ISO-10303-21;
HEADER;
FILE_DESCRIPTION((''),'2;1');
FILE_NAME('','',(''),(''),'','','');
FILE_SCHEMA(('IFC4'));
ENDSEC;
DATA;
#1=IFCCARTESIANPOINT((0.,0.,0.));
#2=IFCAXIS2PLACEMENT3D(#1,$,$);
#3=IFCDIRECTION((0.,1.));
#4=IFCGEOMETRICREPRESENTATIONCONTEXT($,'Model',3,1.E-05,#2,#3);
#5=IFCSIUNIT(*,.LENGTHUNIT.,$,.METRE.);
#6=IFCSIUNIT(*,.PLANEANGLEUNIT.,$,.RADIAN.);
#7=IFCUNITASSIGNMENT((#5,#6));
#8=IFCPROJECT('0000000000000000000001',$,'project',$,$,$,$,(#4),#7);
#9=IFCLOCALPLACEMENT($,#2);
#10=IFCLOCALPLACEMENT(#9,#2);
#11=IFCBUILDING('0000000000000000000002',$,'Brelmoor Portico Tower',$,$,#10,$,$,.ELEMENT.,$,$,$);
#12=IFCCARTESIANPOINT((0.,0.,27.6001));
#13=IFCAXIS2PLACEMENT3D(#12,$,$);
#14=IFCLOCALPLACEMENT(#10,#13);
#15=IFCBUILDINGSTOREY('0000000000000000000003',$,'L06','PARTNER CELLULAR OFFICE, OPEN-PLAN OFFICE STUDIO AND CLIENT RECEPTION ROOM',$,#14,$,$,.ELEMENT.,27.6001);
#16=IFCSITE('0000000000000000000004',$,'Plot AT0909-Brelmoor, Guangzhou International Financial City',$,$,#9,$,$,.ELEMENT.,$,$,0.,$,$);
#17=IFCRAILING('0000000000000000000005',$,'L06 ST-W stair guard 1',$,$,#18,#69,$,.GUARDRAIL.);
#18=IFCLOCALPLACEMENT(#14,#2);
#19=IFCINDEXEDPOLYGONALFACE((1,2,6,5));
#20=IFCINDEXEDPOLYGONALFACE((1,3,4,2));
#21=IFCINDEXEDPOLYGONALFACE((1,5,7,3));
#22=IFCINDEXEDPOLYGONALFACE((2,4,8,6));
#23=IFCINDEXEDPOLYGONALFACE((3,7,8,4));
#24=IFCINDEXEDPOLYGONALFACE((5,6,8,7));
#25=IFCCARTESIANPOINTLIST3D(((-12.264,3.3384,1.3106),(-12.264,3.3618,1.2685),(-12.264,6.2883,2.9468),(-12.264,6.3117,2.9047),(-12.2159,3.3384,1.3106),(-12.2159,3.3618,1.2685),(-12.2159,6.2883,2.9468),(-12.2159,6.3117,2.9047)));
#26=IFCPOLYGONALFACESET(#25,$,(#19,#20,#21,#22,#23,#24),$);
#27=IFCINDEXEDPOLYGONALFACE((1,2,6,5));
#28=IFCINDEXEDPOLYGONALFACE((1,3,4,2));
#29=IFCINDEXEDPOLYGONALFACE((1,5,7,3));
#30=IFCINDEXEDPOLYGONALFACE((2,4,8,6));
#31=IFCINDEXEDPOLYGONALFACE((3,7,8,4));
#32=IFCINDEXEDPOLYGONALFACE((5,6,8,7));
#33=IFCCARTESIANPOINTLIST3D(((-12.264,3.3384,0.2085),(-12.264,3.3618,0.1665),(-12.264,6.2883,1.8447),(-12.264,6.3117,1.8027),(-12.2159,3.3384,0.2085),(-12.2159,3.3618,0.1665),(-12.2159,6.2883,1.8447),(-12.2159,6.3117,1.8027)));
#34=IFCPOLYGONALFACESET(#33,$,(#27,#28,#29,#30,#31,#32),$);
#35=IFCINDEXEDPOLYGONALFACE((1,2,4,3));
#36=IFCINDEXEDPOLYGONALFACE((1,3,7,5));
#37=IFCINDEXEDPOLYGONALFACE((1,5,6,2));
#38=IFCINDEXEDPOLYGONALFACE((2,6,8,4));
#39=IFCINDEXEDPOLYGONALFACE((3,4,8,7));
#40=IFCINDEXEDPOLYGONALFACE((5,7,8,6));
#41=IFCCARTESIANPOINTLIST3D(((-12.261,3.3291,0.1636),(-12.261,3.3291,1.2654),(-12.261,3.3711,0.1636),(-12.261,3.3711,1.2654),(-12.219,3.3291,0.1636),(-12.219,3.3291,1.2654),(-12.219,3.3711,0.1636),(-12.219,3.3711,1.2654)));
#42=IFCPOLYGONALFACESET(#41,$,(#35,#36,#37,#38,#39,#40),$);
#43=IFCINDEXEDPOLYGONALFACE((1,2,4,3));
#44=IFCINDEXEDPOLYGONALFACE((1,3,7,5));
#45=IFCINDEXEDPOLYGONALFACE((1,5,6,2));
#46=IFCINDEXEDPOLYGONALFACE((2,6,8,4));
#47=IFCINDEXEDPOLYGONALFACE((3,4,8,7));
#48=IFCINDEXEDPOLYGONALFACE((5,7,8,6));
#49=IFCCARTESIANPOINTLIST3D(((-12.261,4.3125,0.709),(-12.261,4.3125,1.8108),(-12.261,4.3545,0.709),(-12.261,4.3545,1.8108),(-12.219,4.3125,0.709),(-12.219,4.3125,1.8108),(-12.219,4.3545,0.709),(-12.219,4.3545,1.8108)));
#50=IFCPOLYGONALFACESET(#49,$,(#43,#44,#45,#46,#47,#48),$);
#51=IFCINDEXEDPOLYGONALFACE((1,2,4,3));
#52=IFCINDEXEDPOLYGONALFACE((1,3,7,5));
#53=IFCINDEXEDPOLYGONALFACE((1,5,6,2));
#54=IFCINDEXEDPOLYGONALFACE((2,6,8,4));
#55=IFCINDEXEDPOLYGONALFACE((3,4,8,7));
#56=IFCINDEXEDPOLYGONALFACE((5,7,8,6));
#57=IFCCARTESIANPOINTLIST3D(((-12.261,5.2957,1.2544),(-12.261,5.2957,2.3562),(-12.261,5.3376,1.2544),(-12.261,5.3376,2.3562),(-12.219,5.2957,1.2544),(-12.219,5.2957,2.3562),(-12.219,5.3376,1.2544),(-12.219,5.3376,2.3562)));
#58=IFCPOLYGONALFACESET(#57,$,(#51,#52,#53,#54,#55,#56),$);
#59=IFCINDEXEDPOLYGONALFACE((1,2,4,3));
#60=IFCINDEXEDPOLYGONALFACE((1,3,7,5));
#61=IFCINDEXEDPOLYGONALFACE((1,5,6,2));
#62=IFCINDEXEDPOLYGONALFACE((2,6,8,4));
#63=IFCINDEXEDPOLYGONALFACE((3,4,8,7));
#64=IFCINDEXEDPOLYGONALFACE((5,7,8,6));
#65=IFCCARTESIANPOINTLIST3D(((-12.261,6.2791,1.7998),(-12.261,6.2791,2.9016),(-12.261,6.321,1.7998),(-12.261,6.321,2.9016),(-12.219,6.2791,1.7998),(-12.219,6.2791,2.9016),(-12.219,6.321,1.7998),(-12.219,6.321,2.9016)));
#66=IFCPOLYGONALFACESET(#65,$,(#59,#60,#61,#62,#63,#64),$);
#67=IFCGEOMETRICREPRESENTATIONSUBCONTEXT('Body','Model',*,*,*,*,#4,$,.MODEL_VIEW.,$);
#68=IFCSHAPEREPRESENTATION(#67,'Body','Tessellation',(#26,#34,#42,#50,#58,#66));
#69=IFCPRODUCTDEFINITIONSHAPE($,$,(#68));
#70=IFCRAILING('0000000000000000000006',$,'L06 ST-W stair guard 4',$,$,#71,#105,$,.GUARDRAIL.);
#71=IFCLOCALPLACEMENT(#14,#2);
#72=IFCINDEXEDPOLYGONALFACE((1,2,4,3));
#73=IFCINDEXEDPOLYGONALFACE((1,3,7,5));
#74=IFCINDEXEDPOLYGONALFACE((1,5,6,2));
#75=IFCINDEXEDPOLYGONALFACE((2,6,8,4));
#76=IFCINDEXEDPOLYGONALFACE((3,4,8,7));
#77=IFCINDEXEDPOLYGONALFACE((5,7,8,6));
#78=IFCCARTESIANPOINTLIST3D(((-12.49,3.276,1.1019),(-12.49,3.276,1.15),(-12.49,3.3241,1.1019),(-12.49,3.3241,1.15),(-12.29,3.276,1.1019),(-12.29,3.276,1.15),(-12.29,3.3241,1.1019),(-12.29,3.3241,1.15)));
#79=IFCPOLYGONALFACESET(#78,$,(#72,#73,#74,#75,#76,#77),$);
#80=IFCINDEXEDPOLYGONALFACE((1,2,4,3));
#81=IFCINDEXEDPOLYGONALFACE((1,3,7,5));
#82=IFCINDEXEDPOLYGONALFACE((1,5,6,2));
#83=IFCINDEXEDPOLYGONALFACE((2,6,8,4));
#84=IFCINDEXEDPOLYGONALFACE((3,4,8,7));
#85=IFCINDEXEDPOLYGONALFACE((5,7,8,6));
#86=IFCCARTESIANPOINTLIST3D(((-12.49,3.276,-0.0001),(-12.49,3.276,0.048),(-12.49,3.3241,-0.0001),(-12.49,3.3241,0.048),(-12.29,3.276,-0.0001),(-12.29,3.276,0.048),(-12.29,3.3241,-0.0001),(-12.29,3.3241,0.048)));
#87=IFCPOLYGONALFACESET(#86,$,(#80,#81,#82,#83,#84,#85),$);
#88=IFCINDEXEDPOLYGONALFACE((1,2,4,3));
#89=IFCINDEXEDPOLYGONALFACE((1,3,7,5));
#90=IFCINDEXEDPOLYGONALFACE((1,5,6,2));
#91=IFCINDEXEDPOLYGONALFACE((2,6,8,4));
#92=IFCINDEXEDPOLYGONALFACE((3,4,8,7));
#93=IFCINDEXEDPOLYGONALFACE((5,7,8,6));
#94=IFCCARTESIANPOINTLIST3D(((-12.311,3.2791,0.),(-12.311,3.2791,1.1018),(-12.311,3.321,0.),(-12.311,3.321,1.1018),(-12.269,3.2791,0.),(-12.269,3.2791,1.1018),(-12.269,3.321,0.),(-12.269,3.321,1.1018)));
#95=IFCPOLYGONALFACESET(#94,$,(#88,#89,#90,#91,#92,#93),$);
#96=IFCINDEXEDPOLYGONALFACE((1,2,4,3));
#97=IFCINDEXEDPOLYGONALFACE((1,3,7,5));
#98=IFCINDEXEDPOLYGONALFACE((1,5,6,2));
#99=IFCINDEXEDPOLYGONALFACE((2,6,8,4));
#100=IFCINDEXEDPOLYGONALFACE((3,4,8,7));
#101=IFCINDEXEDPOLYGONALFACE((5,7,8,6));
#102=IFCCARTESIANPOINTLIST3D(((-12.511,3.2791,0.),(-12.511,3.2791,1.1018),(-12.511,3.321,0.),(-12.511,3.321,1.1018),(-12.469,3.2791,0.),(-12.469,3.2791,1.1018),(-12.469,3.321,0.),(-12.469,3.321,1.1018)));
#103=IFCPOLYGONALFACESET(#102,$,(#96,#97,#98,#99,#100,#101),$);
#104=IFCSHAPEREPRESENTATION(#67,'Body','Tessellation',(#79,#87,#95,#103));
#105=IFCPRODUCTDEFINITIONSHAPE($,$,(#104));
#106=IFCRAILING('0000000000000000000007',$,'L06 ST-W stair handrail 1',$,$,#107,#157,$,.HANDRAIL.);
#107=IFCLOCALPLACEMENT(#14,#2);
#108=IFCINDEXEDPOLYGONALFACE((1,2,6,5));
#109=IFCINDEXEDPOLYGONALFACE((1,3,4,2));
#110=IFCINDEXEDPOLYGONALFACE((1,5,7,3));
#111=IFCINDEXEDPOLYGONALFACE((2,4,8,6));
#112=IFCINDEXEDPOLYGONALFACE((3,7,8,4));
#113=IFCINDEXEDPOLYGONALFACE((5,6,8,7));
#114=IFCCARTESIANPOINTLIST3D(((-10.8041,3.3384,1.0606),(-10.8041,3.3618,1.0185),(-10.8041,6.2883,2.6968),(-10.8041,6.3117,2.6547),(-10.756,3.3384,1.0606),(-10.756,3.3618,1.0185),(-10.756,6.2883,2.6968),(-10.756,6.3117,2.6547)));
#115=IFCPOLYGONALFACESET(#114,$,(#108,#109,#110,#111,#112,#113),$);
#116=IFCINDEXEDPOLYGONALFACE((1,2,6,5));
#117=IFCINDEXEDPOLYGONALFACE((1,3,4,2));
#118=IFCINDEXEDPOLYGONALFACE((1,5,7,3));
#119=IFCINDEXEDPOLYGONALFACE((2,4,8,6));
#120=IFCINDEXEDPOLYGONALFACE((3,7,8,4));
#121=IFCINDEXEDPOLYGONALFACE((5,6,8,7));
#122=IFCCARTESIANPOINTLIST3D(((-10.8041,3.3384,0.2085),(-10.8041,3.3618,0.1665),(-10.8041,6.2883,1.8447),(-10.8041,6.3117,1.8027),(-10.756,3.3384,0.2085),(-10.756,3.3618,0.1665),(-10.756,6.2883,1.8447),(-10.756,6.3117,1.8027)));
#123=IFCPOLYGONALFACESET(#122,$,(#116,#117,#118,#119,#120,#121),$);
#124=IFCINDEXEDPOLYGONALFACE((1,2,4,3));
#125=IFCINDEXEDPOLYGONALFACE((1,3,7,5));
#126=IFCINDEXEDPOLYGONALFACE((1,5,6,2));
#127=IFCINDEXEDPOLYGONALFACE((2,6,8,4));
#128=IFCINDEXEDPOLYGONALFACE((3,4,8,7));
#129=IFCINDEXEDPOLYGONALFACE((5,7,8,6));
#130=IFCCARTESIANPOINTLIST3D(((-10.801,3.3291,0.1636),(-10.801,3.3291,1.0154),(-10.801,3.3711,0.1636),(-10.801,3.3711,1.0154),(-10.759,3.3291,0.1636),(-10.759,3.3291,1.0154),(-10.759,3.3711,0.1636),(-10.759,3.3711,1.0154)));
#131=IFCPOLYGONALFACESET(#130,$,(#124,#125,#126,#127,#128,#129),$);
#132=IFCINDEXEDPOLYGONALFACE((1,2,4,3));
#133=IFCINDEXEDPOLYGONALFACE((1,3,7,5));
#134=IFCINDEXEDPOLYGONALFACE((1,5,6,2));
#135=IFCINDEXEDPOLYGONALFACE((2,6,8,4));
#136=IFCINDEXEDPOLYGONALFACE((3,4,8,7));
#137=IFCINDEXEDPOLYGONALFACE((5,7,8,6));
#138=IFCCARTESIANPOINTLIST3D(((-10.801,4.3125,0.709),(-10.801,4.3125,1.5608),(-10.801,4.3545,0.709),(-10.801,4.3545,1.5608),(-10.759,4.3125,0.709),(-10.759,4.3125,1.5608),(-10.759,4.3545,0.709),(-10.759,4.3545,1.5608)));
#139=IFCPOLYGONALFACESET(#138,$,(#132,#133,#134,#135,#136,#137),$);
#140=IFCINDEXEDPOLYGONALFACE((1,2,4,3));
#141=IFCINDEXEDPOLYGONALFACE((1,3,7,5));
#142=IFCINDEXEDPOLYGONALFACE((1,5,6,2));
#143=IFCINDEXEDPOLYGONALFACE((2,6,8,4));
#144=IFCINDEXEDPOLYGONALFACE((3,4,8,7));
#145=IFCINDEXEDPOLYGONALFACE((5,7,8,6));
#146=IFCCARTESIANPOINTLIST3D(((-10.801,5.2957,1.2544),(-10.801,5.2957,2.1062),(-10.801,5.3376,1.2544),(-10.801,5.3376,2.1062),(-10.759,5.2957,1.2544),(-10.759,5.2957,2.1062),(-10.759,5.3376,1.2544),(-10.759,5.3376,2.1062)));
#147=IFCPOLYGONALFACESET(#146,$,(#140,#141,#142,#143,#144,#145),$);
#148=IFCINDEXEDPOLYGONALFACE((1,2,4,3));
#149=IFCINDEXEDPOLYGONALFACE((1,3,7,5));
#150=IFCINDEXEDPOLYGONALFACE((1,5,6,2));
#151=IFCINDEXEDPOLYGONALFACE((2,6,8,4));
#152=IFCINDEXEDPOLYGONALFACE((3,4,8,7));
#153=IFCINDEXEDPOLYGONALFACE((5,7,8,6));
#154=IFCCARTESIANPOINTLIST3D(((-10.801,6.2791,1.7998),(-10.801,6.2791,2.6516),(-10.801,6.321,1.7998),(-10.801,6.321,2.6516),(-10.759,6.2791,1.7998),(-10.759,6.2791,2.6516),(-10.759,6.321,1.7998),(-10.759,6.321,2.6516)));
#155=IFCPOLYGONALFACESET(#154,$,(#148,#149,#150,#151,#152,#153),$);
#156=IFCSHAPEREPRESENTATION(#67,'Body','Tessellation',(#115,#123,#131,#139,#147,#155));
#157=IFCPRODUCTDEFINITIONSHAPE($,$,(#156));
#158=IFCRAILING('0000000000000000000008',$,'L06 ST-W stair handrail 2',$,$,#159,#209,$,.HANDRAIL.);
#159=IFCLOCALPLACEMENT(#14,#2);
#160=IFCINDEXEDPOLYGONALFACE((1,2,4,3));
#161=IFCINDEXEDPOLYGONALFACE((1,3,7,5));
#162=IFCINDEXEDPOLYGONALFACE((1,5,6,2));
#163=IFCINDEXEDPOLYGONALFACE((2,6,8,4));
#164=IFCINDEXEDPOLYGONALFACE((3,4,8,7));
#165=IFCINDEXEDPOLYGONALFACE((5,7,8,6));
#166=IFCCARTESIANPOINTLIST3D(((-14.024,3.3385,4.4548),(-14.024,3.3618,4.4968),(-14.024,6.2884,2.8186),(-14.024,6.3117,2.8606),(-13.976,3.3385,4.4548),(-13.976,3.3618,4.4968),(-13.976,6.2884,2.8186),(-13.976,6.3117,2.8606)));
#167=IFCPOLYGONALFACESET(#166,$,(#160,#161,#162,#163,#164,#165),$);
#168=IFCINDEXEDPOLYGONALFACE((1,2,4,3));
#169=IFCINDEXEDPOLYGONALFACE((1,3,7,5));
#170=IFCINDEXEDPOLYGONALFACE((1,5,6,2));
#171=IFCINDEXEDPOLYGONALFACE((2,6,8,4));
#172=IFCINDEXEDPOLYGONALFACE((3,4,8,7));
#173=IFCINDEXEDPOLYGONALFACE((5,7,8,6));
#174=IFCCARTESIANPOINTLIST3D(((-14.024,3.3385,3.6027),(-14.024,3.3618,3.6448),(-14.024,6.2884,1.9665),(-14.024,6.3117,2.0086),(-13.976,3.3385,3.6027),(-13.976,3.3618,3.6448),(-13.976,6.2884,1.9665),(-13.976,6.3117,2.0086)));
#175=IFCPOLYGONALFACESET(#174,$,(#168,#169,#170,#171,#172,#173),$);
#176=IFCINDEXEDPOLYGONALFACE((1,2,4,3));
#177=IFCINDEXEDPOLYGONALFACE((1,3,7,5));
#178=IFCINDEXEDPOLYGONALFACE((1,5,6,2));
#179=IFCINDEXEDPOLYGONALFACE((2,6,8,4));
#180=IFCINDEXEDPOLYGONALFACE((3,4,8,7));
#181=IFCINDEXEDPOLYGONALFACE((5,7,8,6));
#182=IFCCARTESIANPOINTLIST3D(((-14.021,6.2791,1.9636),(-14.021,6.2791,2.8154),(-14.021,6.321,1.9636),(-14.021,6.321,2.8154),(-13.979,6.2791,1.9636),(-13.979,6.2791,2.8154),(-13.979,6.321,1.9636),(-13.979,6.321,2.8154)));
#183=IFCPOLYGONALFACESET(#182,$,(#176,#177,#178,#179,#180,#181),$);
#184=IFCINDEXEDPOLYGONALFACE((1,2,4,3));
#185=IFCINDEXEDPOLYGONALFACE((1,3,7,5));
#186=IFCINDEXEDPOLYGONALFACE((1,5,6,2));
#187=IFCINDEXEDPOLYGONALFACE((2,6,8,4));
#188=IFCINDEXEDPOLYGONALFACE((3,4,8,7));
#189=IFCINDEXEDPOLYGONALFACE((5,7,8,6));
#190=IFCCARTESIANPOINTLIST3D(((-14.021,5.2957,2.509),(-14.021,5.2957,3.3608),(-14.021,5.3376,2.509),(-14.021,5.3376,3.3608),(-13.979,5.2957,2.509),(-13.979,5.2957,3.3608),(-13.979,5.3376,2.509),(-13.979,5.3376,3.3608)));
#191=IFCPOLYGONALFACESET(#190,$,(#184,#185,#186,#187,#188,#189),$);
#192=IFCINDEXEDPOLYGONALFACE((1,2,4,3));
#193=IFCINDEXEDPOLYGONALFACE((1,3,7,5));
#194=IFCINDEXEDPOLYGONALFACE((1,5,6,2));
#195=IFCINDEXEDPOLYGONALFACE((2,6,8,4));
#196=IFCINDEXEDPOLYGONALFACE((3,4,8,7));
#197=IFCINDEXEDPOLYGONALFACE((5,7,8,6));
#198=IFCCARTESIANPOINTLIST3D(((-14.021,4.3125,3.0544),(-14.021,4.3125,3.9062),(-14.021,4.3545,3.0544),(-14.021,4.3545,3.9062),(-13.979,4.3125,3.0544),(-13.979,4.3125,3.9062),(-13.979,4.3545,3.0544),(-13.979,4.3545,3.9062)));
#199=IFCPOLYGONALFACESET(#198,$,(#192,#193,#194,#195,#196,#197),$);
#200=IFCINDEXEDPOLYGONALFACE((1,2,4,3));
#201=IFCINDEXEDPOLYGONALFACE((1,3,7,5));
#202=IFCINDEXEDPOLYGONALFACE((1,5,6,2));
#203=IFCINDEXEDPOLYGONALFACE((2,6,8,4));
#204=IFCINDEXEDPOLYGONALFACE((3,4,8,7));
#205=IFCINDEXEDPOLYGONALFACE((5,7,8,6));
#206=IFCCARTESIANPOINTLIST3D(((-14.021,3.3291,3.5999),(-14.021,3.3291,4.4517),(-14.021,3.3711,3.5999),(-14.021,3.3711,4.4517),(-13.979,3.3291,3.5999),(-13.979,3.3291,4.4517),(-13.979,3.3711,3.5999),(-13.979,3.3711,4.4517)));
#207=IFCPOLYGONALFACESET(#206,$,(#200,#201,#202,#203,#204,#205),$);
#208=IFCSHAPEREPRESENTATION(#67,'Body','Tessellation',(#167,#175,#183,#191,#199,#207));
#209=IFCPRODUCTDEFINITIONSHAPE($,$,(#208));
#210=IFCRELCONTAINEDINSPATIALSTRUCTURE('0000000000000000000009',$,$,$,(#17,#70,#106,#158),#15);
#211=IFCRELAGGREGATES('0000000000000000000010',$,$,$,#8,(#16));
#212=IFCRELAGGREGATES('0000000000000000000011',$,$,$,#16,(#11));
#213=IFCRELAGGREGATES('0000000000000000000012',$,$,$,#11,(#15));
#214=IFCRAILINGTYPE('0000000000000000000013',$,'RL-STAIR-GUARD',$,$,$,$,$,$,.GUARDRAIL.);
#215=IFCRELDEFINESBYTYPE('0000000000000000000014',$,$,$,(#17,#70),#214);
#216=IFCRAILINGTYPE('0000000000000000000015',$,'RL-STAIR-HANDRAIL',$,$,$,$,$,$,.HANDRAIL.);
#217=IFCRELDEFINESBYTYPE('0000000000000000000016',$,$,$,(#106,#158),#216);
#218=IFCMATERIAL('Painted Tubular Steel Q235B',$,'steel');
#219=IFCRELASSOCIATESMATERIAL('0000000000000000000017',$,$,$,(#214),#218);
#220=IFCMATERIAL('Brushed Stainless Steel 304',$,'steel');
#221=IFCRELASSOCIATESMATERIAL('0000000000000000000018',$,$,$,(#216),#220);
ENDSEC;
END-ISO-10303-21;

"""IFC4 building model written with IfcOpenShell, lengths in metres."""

from ifc_helpers import new_model, si_unit, direction, frame, origin, origin_2d, place, context, subcontext, project, spatial, rectangle, extrude, material, type_object, element, save


model = new_model("IFC4")

# Units and contexts
model_context = context("Model", 3, precision=1e-05, world=origin(), true_north=direction((0.0, 1.0)))
body_context = subcontext(model_context, "Body", "Model", "MODEL_VIEW")
ifc_project = project(units=[si_unit("LENGTHUNIT", "METRE"), si_unit("PLANEANGLEUNIT", "RADIAN")], contexts=[model_context])

# Site, building, storey
site_placement = place(None, origin())
site = spatial("IfcSite", under=ifc_project, at=site_placement, Name="Plot AT0909-Brelmoor, Guangzhou International Financial City", CompositionType="ELEMENT", RefElevation=0.0)
building_placement = place(site_placement, origin())
building = spatial("IfcBuilding", under=site, at=building_placement, Name="Brelmoor Portico Tower", CompositionType="ELEMENT")
storey_placement = place(building_placement, frame((0.0, 0.0, 27.6001)))
storey = spatial("IfcBuildingStorey", under=building, at=storey_placement, Name="L06", Description="PARTNER CELLULAR OFFICE, OPEN-PLAN OFFICE STUDIO AND CLIENT RECEPTION ROOM", CompositionType="ELEMENT", Elevation=27.6001)

# Railings
ifc_material_1 = material(Name="Painted Tubular Steel Q235B", Category="steel")
railing_type_1 = type_object("IfcRailingType", Name="RL-STAIR-GUARD", PredefinedType="GUARDRAIL", material=ifc_material_1)
railing_1_placement = place(storey_placement, frame((-12.24, 3.3501, 0.1636)))
element("IfcRailing", 1, at=railing_1_placement, inside=storey, type_object=railing_type_1, Name="L06 ST-W stair guard 1", PredefinedType="GUARDRAIL", context=body_context, shape_type="SweptSolid", body=[
    extrude(rectangle(XDim=0.0481, YDim=0.0481, at=origin_2d()), frame((0.0, 0.0, 1.126), z_axis=(0.0, 0.874488, 0.485047), x_axis=(-1.0, 0.0, 0.0)), (0.0, 0.0, 1.0), 3.3733),
    extrude(rectangle(XDim=0.0481, YDim=0.0481, at=origin_2d()), frame((0.0, 0.0, 0.0239), z_axis=(0.0, 0.874488, 0.485047), x_axis=(-1.0, 0.0, 0.0)), (0.0, 0.0, 1.0), 3.3733),
    extrude(rectangle(XDim=0.042, YDim=0.042, at=origin_2d()), origin(), (0.0, 0.0, 1.0), 1.1018),
    extrude(rectangle(XDim=0.042, YDim=0.042, at=origin_2d()), frame((0.0, 0.9834, 0.5454)), (0.0, 0.0, 1.0), 1.1018),
    extrude(rectangle(XDim=0.042, YDim=0.042, at=origin_2d()), frame((0.0, 1.9666, 1.0908)), (0.0, 0.0, 1.0), 1.1018),
    extrude(rectangle(XDim=0.042, YDim=0.042, at=origin_2d()), frame((0.0, 2.95, 1.6362)), (0.0, 0.0, 1.0), 1.1018),
])
railing_2_placement = place(storey_placement, frame((-12.29, 3.3, 0.0)))
element("IfcRailing", 2, at=railing_2_placement, inside=storey, type_object=railing_type_1, Name="L06 ST-W stair guard 4", PredefinedType="GUARDRAIL", context=body_context, shape_type="SweptSolid", body=[
    extrude(rectangle(XDim=0.0481, YDim=0.0481, at=origin_2d()), frame((0.0, 0.0, 1.126), z_axis=(-1.0, 0.0, 0.0), x_axis=(0.0, -1.0, 0.0)), (0.0, 0.0, 1.0), 0.2),
    extrude(rectangle(XDim=0.0481, YDim=0.0481, at=origin_2d()), frame((0.0, 0.0, 0.0239), z_axis=(-1.0, 0.0, 0.0), x_axis=(0.0, -1.0, 0.0)), (0.0, 0.0, 1.0), 0.2),
    extrude(rectangle(XDim=0.042, YDim=0.042, at=origin_2d()), origin(), (0.0, 0.0, 1.0), 1.1018),
    extrude(rectangle(XDim=0.042, YDim=0.042, at=origin_2d()), frame((-0.2, 0.0, 0.0)), (0.0, 0.0, 1.0), 1.1018),
])
ifc_material_2 = material(Name="Brushed Stainless Steel 304", Category="steel")
railing_type_2 = type_object("IfcRailingType", Name="RL-STAIR-HANDRAIL", PredefinedType="HANDRAIL", material=ifc_material_2)
railing_3_placement = place(storey_placement, frame((-10.78, 3.3501, 0.1636)))
element("IfcRailing", 3, at=railing_3_placement, inside=storey, type_object=railing_type_2, Name="L06 ST-W stair handrail 1", PredefinedType="HANDRAIL", context=body_context, shape_type="SweptSolid", body=[
    extrude(rectangle(XDim=0.0481, YDim=0.0481, at=origin_2d()), frame((0.0, 0.0, 0.876), z_axis=(0.0, 0.874488, 0.485047), x_axis=(-1.0, 0.0, 0.0)), (0.0, 0.0, 1.0), 3.3733),
    extrude(rectangle(XDim=0.0481, YDim=0.0481, at=origin_2d()), frame((0.0, 0.0, 0.0239), z_axis=(0.0, 0.874488, 0.485047), x_axis=(-1.0, 0.0, 0.0)), (0.0, 0.0, 1.0), 3.3733),
    extrude(rectangle(XDim=0.042, YDim=0.042, at=origin_2d()), origin(), (0.0, 0.0, 1.0), 0.8518),
    extrude(rectangle(XDim=0.042, YDim=0.042, at=origin_2d()), frame((0.0, 0.9834, 0.5454)), (0.0, 0.0, 1.0), 0.8518),
    extrude(rectangle(XDim=0.042, YDim=0.042, at=origin_2d()), frame((0.0, 1.9666, 1.0908)), (0.0, 0.0, 1.0), 0.8518),
    extrude(rectangle(XDim=0.042, YDim=0.042, at=origin_2d()), frame((0.0, 2.95, 1.6362)), (0.0, 0.0, 1.0), 0.8518),
])
railing_4_placement = place(storey_placement, frame((-14.0, 6.3, 1.9636)))
element("IfcRailing", 4, at=railing_4_placement, inside=storey, type_object=railing_type_2, Name="L06 ST-W stair handrail 2", PredefinedType="HANDRAIL", context=body_context, shape_type="SweptSolid", body=[
    extrude(rectangle(XDim=0.0481, YDim=0.0481, at=origin_2d()), frame((0.0, 0.0, 0.876), z_axis=(0.0, -0.874488, 0.485047), x_axis=(1.0, 0.0, 0.0)), (0.0, 0.0, 1.0), 3.3733),
    extrude(rectangle(XDim=0.0481, YDim=0.0481, at=origin_2d()), frame((0.0, 0.0, 0.0239), z_axis=(0.0, -0.874488, 0.485047), x_axis=(1.0, 0.0, 0.0)), (0.0, 0.0, 1.0), 3.3733),
    extrude(rectangle(XDim=0.042, YDim=0.042, at=origin_2d()), origin(), (0.0, 0.0, 1.0), 0.8518),
    extrude(rectangle(XDim=0.042, YDim=0.042, at=origin_2d()), frame((0.0, -0.9834, 0.5454)), (0.0, 0.0, 1.0), 0.8518),
    extrude(rectangle(XDim=0.042, YDim=0.042, at=origin_2d()), frame((0.0, -1.9666, 1.0908)), (0.0, 0.0, 1.0), 0.8518),
    extrude(rectangle(XDim=0.042, YDim=0.042, at=origin_2d()), frame((0.0, -2.95, 1.6362)), (0.0, 0.0, 1.0), 0.8518),
])

save(model, "model.ifc")
